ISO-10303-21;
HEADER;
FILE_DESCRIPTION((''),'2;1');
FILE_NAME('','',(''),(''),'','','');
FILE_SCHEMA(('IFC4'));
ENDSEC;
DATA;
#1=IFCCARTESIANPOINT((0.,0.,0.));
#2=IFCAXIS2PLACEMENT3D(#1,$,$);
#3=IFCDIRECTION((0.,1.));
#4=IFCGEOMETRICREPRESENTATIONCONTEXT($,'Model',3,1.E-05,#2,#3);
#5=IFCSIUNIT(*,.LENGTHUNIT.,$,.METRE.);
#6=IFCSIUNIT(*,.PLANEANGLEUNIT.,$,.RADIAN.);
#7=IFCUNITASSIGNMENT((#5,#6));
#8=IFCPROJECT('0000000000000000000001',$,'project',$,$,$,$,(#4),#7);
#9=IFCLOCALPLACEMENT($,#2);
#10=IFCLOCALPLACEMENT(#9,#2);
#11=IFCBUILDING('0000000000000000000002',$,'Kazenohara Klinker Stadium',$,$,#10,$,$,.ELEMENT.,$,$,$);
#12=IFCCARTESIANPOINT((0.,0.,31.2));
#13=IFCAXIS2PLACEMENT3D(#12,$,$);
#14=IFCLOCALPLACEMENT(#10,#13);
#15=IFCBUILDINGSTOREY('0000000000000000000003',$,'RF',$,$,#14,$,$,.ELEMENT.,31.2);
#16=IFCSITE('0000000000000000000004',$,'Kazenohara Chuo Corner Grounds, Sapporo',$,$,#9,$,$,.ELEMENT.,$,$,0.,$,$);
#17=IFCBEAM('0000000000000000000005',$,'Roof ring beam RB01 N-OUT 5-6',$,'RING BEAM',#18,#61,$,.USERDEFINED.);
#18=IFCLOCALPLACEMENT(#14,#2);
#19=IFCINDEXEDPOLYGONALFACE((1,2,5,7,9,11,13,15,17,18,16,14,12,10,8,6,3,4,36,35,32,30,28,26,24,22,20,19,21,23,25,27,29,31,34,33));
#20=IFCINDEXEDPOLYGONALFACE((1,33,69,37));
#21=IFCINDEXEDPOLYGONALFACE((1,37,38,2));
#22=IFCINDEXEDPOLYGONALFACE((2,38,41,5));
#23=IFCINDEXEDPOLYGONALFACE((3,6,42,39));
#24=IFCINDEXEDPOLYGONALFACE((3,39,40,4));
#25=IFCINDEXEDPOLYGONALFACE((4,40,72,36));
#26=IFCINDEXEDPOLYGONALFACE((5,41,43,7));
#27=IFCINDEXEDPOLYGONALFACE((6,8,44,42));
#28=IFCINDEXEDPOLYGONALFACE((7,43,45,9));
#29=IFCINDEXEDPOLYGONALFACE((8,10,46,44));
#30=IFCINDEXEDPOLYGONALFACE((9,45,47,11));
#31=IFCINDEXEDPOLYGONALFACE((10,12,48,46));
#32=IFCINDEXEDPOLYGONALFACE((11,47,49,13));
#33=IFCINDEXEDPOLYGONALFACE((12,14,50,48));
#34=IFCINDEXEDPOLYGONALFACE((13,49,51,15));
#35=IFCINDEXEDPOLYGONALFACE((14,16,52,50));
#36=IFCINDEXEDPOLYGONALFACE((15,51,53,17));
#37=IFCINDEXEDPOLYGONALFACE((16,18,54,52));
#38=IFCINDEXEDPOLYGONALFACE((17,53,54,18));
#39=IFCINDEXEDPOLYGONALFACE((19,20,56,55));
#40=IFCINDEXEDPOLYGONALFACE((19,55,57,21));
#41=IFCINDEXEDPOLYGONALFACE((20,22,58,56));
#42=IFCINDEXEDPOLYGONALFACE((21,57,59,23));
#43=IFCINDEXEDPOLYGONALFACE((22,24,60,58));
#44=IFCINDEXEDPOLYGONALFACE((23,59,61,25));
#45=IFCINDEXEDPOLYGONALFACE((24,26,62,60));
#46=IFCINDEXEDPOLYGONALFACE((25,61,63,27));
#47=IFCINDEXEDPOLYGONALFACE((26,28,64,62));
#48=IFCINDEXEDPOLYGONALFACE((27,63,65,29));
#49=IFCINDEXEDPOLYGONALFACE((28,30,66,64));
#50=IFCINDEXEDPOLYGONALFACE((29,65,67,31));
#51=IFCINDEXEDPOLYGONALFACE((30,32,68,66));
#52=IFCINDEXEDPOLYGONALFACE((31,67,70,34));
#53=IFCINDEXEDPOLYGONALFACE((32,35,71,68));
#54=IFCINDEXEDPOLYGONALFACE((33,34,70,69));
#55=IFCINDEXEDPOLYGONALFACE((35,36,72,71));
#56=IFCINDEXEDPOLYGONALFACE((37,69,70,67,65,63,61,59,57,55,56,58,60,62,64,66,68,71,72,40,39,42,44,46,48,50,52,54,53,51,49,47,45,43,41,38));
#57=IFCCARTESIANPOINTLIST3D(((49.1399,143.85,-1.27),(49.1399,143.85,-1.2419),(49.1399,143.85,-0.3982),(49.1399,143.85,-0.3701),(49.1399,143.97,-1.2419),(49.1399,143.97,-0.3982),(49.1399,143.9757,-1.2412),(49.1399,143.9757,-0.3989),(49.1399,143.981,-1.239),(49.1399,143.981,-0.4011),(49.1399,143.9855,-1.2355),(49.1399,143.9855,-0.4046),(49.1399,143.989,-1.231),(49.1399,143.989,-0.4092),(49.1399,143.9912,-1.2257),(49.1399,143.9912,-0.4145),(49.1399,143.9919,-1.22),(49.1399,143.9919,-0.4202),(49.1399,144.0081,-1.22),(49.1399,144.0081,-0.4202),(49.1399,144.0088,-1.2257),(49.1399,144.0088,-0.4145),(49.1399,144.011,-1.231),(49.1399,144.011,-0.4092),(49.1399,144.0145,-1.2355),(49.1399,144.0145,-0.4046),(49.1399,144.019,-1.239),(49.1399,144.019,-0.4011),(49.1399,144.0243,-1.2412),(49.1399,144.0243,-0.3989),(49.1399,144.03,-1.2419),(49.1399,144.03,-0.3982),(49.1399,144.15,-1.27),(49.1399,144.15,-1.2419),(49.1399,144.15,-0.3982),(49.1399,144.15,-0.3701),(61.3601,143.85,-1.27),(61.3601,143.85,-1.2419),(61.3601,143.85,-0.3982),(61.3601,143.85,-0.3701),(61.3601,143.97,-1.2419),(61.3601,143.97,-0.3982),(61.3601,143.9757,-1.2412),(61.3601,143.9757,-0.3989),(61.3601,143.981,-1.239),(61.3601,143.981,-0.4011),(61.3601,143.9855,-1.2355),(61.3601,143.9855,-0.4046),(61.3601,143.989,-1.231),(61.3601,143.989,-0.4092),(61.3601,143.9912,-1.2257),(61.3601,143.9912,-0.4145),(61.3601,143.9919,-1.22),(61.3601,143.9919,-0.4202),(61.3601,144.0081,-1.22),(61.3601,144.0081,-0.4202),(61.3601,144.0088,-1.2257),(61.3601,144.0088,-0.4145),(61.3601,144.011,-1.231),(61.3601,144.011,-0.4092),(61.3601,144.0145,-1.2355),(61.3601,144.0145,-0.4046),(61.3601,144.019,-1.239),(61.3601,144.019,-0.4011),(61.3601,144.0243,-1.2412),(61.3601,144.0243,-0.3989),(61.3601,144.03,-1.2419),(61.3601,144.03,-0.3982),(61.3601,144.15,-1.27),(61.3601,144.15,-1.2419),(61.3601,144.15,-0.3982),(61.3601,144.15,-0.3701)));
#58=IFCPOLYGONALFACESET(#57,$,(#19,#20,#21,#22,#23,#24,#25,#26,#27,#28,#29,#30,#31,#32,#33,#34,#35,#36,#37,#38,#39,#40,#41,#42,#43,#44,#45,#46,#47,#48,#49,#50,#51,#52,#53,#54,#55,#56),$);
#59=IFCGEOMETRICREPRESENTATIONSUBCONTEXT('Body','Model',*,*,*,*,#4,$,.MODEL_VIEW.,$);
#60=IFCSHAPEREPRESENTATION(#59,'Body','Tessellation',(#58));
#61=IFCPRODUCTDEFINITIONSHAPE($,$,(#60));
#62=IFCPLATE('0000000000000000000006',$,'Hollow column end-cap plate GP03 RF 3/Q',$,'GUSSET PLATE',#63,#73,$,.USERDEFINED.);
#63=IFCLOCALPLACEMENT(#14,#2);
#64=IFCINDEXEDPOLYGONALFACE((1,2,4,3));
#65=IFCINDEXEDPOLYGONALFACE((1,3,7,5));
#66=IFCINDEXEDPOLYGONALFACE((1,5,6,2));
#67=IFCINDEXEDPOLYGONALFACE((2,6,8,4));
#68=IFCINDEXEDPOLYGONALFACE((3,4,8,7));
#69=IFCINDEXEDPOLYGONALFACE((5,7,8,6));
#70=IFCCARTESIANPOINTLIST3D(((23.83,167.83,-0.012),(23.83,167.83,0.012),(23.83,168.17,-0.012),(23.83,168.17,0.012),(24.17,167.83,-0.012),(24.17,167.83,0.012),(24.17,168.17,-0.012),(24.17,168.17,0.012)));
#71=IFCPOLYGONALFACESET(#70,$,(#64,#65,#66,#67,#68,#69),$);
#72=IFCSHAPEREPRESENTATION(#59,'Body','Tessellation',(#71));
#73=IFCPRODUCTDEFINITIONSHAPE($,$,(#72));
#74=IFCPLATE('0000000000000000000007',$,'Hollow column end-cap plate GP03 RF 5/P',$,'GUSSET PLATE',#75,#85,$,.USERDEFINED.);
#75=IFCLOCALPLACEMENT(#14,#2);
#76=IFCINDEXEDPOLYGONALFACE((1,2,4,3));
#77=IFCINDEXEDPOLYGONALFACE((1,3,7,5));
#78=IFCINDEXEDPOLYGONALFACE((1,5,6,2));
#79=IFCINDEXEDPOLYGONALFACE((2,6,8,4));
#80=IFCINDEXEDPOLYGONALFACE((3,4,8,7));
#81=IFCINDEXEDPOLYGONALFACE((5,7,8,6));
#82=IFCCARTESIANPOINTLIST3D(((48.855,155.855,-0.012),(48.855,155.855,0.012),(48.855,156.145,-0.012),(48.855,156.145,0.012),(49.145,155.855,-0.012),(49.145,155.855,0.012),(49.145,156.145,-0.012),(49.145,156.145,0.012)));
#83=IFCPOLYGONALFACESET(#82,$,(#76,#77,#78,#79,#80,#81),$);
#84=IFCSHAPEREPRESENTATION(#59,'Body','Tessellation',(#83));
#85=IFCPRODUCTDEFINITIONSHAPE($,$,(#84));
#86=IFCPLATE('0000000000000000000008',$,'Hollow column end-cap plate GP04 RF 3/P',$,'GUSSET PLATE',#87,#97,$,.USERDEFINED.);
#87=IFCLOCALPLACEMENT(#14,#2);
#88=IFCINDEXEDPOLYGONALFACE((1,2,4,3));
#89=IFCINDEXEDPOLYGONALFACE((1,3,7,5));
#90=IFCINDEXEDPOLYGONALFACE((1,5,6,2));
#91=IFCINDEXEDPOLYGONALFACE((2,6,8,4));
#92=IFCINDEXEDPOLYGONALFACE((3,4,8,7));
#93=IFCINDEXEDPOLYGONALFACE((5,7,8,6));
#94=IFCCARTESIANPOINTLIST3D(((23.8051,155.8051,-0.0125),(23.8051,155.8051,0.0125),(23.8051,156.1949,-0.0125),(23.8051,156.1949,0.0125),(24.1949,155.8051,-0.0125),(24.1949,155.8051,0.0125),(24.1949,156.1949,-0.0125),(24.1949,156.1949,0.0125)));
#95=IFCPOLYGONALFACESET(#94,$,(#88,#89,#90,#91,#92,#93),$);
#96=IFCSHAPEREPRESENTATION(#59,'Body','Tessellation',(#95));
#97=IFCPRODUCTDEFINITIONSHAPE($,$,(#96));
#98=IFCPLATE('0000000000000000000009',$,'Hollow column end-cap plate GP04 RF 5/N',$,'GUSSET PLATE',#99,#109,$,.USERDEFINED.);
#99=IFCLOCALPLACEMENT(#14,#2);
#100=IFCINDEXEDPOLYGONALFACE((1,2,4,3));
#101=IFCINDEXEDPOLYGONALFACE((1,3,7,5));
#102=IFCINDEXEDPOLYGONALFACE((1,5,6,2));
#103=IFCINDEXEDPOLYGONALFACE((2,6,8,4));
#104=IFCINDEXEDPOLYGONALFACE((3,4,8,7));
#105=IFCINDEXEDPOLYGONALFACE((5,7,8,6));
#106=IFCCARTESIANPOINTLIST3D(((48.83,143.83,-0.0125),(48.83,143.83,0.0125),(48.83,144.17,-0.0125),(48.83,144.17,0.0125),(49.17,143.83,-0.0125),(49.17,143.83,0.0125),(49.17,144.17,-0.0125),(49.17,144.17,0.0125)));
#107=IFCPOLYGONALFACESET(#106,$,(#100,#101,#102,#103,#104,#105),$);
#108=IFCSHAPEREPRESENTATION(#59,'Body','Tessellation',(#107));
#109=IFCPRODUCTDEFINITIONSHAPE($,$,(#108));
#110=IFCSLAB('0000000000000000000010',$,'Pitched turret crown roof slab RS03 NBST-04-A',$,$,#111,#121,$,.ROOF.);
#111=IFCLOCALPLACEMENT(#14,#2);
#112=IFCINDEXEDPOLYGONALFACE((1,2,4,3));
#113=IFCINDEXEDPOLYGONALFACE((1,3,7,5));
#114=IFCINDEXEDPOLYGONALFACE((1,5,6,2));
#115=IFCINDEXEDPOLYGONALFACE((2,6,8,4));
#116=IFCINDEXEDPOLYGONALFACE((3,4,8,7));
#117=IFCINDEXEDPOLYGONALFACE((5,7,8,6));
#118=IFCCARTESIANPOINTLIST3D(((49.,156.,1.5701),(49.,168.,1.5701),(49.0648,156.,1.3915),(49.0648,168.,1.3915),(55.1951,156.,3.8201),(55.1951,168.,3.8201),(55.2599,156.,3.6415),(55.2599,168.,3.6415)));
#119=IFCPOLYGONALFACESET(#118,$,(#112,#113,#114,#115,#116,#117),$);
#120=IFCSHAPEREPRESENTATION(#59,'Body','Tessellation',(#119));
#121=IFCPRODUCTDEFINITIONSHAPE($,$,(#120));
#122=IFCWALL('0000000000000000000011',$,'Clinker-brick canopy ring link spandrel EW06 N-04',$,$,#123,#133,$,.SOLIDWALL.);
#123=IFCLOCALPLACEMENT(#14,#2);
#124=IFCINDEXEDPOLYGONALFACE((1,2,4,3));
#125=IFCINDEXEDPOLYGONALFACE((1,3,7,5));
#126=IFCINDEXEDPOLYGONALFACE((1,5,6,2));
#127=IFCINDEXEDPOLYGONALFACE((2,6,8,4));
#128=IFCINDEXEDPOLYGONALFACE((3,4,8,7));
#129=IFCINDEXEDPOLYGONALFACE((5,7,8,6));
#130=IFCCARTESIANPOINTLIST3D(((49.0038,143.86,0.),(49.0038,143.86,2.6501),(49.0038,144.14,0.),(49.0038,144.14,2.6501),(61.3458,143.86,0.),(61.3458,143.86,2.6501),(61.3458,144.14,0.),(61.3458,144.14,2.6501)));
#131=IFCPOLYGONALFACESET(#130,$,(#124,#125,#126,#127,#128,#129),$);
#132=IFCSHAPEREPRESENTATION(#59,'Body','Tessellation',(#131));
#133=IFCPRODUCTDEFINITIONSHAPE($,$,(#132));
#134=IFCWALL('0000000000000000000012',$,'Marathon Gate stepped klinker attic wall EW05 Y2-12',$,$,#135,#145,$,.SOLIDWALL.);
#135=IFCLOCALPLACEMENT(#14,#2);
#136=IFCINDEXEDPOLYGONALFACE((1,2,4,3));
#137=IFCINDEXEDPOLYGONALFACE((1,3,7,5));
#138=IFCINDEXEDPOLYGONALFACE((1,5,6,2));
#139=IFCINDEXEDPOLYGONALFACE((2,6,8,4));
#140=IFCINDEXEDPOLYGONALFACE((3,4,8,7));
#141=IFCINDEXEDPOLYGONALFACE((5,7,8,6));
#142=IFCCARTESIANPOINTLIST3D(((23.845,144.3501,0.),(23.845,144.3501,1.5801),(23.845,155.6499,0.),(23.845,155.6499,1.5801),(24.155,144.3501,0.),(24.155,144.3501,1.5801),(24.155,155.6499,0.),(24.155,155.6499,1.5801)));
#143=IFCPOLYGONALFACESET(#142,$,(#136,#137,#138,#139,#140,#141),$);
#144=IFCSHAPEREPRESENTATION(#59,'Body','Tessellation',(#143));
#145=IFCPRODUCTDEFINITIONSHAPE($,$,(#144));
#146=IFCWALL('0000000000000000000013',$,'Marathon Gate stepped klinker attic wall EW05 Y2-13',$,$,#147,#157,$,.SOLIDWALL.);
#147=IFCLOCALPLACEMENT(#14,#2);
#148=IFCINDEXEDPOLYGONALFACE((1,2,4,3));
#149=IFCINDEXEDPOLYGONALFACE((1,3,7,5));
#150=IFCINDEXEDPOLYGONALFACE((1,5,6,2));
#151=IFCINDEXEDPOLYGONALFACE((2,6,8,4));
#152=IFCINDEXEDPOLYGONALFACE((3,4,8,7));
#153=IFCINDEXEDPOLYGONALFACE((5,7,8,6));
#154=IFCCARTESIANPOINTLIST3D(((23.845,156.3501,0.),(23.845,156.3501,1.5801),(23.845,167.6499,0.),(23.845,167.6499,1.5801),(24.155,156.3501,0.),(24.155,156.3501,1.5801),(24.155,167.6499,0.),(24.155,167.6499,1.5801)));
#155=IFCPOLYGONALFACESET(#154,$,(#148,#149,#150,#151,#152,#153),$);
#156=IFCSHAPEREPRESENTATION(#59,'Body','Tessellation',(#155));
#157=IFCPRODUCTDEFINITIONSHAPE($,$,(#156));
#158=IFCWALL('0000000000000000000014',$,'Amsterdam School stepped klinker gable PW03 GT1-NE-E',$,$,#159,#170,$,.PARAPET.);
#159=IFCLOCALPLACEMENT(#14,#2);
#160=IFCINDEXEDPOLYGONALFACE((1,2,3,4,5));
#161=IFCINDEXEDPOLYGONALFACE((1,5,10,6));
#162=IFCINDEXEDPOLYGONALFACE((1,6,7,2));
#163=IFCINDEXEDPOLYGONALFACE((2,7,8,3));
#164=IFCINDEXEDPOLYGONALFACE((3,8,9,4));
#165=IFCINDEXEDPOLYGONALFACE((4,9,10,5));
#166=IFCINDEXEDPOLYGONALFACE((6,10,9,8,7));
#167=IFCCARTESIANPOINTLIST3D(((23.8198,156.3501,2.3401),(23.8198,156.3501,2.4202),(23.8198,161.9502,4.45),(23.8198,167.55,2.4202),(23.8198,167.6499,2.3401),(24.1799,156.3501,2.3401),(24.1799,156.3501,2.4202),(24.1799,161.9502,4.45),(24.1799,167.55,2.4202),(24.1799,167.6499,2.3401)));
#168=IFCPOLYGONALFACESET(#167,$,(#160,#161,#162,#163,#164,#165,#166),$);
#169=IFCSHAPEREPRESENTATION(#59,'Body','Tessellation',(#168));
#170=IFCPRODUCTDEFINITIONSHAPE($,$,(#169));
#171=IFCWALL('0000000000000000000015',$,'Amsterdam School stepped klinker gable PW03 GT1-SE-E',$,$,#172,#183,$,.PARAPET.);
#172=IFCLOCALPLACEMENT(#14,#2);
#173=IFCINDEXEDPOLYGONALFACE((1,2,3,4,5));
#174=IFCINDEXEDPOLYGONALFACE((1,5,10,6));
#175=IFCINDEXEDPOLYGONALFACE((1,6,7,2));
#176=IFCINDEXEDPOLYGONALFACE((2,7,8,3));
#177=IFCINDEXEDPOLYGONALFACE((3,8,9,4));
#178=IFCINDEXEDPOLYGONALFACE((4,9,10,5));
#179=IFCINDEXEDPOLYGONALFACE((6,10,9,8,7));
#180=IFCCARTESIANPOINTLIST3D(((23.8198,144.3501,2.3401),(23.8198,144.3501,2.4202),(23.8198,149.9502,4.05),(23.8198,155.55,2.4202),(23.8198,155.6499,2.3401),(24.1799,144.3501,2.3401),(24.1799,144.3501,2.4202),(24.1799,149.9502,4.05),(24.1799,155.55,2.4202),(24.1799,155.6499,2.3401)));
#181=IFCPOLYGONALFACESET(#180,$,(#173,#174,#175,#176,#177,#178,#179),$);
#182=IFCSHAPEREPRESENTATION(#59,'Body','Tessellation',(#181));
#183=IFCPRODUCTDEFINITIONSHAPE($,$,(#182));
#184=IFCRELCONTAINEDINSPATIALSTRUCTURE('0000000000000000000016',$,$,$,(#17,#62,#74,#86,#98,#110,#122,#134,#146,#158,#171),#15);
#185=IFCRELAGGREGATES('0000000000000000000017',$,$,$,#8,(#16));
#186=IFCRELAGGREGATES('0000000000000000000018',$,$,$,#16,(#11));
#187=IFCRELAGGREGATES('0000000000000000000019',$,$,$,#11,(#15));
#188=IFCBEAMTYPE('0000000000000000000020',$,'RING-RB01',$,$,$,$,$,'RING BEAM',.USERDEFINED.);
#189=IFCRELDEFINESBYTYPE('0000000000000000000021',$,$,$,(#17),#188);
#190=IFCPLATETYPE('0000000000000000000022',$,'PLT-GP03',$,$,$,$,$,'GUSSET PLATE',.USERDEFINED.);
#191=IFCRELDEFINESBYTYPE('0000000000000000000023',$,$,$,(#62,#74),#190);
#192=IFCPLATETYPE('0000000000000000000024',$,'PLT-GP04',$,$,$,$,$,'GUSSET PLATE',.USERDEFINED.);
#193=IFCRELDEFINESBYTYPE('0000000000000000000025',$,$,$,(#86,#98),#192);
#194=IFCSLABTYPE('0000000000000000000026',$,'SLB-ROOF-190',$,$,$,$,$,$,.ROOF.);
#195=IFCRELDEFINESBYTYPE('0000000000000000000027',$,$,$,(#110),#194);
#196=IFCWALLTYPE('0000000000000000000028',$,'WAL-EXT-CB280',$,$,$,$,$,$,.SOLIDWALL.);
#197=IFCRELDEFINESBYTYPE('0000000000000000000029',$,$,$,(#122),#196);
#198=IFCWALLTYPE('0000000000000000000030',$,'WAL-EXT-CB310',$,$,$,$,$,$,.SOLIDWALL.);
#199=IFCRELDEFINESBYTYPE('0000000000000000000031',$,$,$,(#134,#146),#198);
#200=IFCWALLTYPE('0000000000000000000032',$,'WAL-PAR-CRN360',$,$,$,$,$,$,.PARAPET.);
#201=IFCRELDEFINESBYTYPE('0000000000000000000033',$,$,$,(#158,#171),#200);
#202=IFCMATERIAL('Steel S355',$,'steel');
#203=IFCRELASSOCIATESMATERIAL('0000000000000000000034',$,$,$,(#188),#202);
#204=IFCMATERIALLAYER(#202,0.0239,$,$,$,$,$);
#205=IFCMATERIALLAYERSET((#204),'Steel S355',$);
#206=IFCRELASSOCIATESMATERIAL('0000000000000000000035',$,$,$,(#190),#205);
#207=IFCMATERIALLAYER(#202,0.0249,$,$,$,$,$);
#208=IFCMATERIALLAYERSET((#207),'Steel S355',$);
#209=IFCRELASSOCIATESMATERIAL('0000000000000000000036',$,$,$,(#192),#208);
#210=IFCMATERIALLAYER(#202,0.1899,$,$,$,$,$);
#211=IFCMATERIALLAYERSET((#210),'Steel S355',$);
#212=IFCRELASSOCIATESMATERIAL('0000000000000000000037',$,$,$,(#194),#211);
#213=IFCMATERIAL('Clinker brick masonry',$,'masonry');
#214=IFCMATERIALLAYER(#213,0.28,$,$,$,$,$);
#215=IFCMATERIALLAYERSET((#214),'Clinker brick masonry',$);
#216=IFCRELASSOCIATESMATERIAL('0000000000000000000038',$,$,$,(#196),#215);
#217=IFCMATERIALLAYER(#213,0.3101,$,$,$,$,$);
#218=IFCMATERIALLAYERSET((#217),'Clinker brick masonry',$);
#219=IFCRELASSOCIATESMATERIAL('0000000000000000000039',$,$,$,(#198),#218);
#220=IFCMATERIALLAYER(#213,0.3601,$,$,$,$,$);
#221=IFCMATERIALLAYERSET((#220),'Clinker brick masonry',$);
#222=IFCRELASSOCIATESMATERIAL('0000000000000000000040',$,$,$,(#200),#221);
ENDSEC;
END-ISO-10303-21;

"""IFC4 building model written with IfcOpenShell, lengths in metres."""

from ifc_helpers import new_model, si_unit, direction, frame, frame_2d, origin, origin_2d, place, context, subcontext, project, spatial, polyline, rectangle, i_section, outline, extrude, material, layer, layer_set, material_profile, profile_set, type_object, element, save


model = new_model("IFC4")

# Units and contexts
model_context = context("Model", 3, precision=1e-05, world=origin(), true_north=direction((0.0, 1.0)))
body_context = subcontext(model_context, "Body", "Model", "MODEL_VIEW")
ifc_project = project(units=[si_unit("LENGTHUNIT", "METRE"), si_unit("PLANEANGLEUNIT", "RADIAN")], contexts=[model_context])

# Site, building, storey
site_placement = place(None, origin())
site = spatial("IfcSite", under=ifc_project, at=site_placement, Name="Kazenohara Chuo Corner Grounds, Sapporo", CompositionType="ELEMENT", RefElevation=0.0)
building_placement = place(site_placement, origin())
building = spatial("IfcBuilding", under=site, at=building_placement, Name="Kazenohara Klinker Stadium", CompositionType="ELEMENT")
storey_placement = place(building_placement, frame((0.0, 0.0, 31.2)))
storey = spatial("IfcBuildingStorey", under=building, at=storey_placement, Name="RF", CompositionType="ELEMENT", Elevation=31.2)

# Shared definitions
ifc_material_1 = material(Name="Steel S355", Category="steel")

# Beam
ifc_material_profile_1 = material_profile(ifc_material_1, i_section(OverallWidth=0.3, OverallDepth=0.8999, WebThickness=0.0161, FlangeThickness=0.0281, FilletRadius=0.022, at=origin_2d()), Name="H-900x300x16x28")
ifc_profile_set_1 = profile_set([ifc_material_profile_1], Name="Steel S355")
beam_type_1 = type_object("IfcBeamType", Name="RING-RB01", ElementType="RING BEAM", PredefinedType="USERDEFINED", material=ifc_profile_set_1)
beam_placement = place(storey_placement, frame((49.1399, 144.0, -0.8201), z_axis=(1.0, 0.0, 0.0), x_axis=(0.0, 1.0, 0.0)))
element("IfcBeam", 1, at=beam_placement, inside=storey, type_object=beam_type_1, Name="Roof ring beam RB01 N-OUT 5-6", ObjectType="RING BEAM", PredefinedType="USERDEFINED", context=body_context, shape_type="SweptSolid", body=[
    extrude(i_section(OverallWidth=0.3, OverallDepth=0.8999, WebThickness=0.0161, FlangeThickness=0.0281, FilletRadius=0.022, at=origin_2d()), origin(), (0.0, 0.0, 1.0), 12.2202),
])

# Plates
ifc_layer_1 = layer(ifc_material_1, 0.0239)
ifc_layer_set_1 = layer_set([ifc_layer_1], Name="Steel S355")
plate_type_1 = type_object("IfcPlateType", Name="PLT-GP03", ElementType="GUSSET PLATE", PredefinedType="USERDEFINED", material=ifc_layer_set_1)
plate_1_placement = place(storey_placement, frame((24.0, 168.0, -0.012), z_axis=(0.0, 0.0, 1.0), x_axis=(1.0, 0.0, 0.0)))
element("IfcPlate", 2, at=plate_1_placement, inside=storey, type_object=plate_type_1, Name="Hollow column end-cap plate GP03 RF 3/Q", ObjectType="GUSSET PLATE", PredefinedType="USERDEFINED", context=body_context, shape_type="SweptSolid", body=[
    extrude(rectangle(XDim=0.3401, YDim=0.3401, at=origin_2d()), origin(), (0.0, 0.0, 1.0), 0.0239),
])
plate_2_placement = place(storey_placement, frame((49.0, 156.0, -0.012), z_axis=(0.0, 0.0, 1.0), x_axis=(1.0, 0.0, 0.0)))
element("IfcPlate", 3, at=plate_2_placement, inside=storey, type_object=plate_type_1, Name="Hollow column end-cap plate GP03 RF 5/P", ObjectType="GUSSET PLATE", PredefinedType="USERDEFINED", context=body_context, shape_type="SweptSolid", body=[
    extrude(rectangle(XDim=0.29, YDim=0.29, at=origin_2d()), origin(), (0.0, 0.0, 1.0), 0.0239),
])
ifc_layer_2 = layer(ifc_material_1, 0.0249)
ifc_layer_set_2 = layer_set([ifc_layer_2], Name="Steel S355")
plate_type_2 = type_object("IfcPlateType", Name="PLT-GP04", ElementType="GUSSET PLATE", PredefinedType="USERDEFINED", material=ifc_layer_set_2)
plate_3_placement = place(storey_placement, frame((24.0, 156.0, -0.0125), z_axis=(0.0, 0.0, 1.0), x_axis=(1.0, 0.0, 0.0)))
element("IfcPlate", 4, at=plate_3_placement, inside=storey, type_object=plate_type_2, Name="Hollow column end-cap plate GP04 RF 3/P", ObjectType="GUSSET PLATE", PredefinedType="USERDEFINED", context=body_context, shape_type="SweptSolid", body=[
    extrude(rectangle(XDim=0.3899, YDim=0.3899, at=origin_2d()), origin(), (0.0, 0.0, 1.0), 0.0249),
])
plate_4_placement = place(storey_placement, frame((49.0, 144.0, -0.0125), z_axis=(0.0, 0.0, 1.0), x_axis=(1.0, 0.0, 0.0)))
element("IfcPlate", 5, at=plate_4_placement, inside=storey, type_object=plate_type_2, Name="Hollow column end-cap plate GP04 RF 5/N", ObjectType="GUSSET PLATE", PredefinedType="USERDEFINED", context=body_context, shape_type="SweptSolid", body=[
    extrude(rectangle(XDim=0.3401, YDim=0.3401, at=origin_2d()), origin(), (0.0, 0.0, 1.0), 0.0249),
])

# Slab
ifc_layer_3 = layer(ifc_material_1, 0.1899)
ifc_layer_set_3 = layer_set([ifc_layer_3], Name="Steel S355")
slab_type = type_object("IfcSlabType", Name="SLB-ROOF-190", PredefinedType="ROOF", material=ifc_layer_set_3)
slab_placement = place(storey_placement, frame((49.0, 156.0, 1.5701), z_axis=(-0.341374, 0.0, 0.939927), x_axis=(0.939927, 0.0, 0.341374)))
element("IfcSlab", 6, at=slab_placement, inside=storey, type_object=slab_type, Name="Pitched turret crown roof slab RS03 NBST-04-A", PredefinedType="ROOF", context=body_context, shape_type="SweptSolid", body=[
    extrude(outline(polyline([(0.0, 0.0), (6.591, 0.0), (6.591, 12.0), (0.0, 12.0), (0.0, 0.0)])), origin(), (0.0, 0.0, -1.0), 0.1899),
])

# Walls
ifc_material_2 = material(Name="Clinker brick masonry", Category="masonry")
ifc_layer_4 = layer(ifc_material_2, 0.28)
ifc_layer_set_4 = layer_set([ifc_layer_4], Name="Clinker brick masonry")
wall_type_1 = type_object("IfcWallType", Name="WAL-EXT-CB280", PredefinedType="SOLIDWALL", material=ifc_layer_set_4)
wall_1_placement = place(storey_placement, frame((49.0039, 144.0, 0.0), z_axis=(0.0, 0.0, 1.0), x_axis=(1.0, 0.0, 0.0)))
element("IfcWall", 7, at=wall_1_placement, inside=storey, type_object=wall_type_1, Name="Clinker-brick canopy ring link spandrel EW06 N-04", PredefinedType="SOLIDWALL", context=body_context, shape_type="SweptSolid", body=[
    extrude(rectangle(XDim=12.342, YDim=0.28, at=frame_2d((6.1709, 0.0))), origin(), (0.0, 0.0, 1.0), 2.6501),
])
ifc_layer_5 = layer(ifc_material_2, 0.3101)
ifc_layer_set_5 = layer_set([ifc_layer_5], Name="Clinker brick masonry")
wall_type_2 = type_object("IfcWallType", Name="WAL-EXT-CB310", PredefinedType="SOLIDWALL", material=ifc_layer_set_5)
for number, where, z_axis, x_axis, name in (
    (8, (24.0, 144.3501, 0.0), (0.0, 0.0, 1.0), (0.0, 1.0, 0.0), "Marathon Gate stepped klinker attic wall EW05 Y2-12"),
    (9, (24.0, 156.3501, 0.0), (0.0, 0.0, 1.0), (0.0, 1.0, 0.0), "Marathon Gate stepped klinker attic wall EW05 Y2-13"),
):
    element("IfcWall", number, at=place(storey_placement, frame(where, z_axis=z_axis, x_axis=x_axis)), inside=storey, type_object=wall_type_2, Name=name, PredefinedType="SOLIDWALL", context=body_context, shape_type="SweptSolid", body=[
        extrude(rectangle(XDim=11.2998, YDim=0.3101, at=frame_2d((5.6499, 0.0))), origin(), (0.0, 0.0, 1.0), 1.5801),
    ])
ifc_layer_6 = layer(ifc_material_2, 0.3601)
ifc_layer_set_6 = layer_set([ifc_layer_6], Name="Clinker brick masonry")
wall_type_3 = type_object("IfcWallType", Name="WAL-PAR-CRN360", PredefinedType="PARAPET", material=ifc_layer_set_6)
wall_2_placement = place(storey_placement, frame((24.0, 156.3501, 2.3401), z_axis=(0.0, 0.0, 1.0), x_axis=(0.0, 1.0, 0.0)))
element("IfcWall", 10, at=wall_2_placement, inside=storey, type_object=wall_type_3, Name="Amsterdam School stepped klinker gable PW03 GT1-NE-E", PredefinedType="PARAPET", context=body_context, shape_type="SweptSolid", body=[
    extrude(outline(polyline([(0.0, 0.0), (11.2998, 0.0), (11.2, 0.0801), (5.6001, 2.1099), (0.0, 0.0801), (0.0, 0.0)])), frame((0.0, 0.1802, 0.0), z_axis=(0.0, -1.0, 0.0), x_axis=(1.0, 0.0, 0.0)), (0.0, 0.0, 1.0), 0.3601),
])
wall_3_placement = place(storey_placement, frame((24.0, 144.3501, 2.3401), z_axis=(0.0, 0.0, 1.0), x_axis=(0.0, 1.0, 0.0)))
element("IfcWall", 11, at=wall_3_placement, inside=storey, type_object=wall_type_3, Name="Amsterdam School stepped klinker gable PW03 GT1-SE-E", PredefinedType="PARAPET", context=body_context, shape_type="SweptSolid", body=[
    extrude(outline(polyline([(0.0, 0.0), (11.2998, 0.0), (11.2, 0.0801), (5.6001, 1.71), (0.0, 0.0801), (0.0, 0.0)])), frame((0.0, 0.1802, 0.0), z_axis=(0.0, -1.0, 0.0), x_axis=(1.0, 0.0, 0.0)), (0.0, 0.0, 1.0), 0.3601),
])

save(model, "model.ifc")
